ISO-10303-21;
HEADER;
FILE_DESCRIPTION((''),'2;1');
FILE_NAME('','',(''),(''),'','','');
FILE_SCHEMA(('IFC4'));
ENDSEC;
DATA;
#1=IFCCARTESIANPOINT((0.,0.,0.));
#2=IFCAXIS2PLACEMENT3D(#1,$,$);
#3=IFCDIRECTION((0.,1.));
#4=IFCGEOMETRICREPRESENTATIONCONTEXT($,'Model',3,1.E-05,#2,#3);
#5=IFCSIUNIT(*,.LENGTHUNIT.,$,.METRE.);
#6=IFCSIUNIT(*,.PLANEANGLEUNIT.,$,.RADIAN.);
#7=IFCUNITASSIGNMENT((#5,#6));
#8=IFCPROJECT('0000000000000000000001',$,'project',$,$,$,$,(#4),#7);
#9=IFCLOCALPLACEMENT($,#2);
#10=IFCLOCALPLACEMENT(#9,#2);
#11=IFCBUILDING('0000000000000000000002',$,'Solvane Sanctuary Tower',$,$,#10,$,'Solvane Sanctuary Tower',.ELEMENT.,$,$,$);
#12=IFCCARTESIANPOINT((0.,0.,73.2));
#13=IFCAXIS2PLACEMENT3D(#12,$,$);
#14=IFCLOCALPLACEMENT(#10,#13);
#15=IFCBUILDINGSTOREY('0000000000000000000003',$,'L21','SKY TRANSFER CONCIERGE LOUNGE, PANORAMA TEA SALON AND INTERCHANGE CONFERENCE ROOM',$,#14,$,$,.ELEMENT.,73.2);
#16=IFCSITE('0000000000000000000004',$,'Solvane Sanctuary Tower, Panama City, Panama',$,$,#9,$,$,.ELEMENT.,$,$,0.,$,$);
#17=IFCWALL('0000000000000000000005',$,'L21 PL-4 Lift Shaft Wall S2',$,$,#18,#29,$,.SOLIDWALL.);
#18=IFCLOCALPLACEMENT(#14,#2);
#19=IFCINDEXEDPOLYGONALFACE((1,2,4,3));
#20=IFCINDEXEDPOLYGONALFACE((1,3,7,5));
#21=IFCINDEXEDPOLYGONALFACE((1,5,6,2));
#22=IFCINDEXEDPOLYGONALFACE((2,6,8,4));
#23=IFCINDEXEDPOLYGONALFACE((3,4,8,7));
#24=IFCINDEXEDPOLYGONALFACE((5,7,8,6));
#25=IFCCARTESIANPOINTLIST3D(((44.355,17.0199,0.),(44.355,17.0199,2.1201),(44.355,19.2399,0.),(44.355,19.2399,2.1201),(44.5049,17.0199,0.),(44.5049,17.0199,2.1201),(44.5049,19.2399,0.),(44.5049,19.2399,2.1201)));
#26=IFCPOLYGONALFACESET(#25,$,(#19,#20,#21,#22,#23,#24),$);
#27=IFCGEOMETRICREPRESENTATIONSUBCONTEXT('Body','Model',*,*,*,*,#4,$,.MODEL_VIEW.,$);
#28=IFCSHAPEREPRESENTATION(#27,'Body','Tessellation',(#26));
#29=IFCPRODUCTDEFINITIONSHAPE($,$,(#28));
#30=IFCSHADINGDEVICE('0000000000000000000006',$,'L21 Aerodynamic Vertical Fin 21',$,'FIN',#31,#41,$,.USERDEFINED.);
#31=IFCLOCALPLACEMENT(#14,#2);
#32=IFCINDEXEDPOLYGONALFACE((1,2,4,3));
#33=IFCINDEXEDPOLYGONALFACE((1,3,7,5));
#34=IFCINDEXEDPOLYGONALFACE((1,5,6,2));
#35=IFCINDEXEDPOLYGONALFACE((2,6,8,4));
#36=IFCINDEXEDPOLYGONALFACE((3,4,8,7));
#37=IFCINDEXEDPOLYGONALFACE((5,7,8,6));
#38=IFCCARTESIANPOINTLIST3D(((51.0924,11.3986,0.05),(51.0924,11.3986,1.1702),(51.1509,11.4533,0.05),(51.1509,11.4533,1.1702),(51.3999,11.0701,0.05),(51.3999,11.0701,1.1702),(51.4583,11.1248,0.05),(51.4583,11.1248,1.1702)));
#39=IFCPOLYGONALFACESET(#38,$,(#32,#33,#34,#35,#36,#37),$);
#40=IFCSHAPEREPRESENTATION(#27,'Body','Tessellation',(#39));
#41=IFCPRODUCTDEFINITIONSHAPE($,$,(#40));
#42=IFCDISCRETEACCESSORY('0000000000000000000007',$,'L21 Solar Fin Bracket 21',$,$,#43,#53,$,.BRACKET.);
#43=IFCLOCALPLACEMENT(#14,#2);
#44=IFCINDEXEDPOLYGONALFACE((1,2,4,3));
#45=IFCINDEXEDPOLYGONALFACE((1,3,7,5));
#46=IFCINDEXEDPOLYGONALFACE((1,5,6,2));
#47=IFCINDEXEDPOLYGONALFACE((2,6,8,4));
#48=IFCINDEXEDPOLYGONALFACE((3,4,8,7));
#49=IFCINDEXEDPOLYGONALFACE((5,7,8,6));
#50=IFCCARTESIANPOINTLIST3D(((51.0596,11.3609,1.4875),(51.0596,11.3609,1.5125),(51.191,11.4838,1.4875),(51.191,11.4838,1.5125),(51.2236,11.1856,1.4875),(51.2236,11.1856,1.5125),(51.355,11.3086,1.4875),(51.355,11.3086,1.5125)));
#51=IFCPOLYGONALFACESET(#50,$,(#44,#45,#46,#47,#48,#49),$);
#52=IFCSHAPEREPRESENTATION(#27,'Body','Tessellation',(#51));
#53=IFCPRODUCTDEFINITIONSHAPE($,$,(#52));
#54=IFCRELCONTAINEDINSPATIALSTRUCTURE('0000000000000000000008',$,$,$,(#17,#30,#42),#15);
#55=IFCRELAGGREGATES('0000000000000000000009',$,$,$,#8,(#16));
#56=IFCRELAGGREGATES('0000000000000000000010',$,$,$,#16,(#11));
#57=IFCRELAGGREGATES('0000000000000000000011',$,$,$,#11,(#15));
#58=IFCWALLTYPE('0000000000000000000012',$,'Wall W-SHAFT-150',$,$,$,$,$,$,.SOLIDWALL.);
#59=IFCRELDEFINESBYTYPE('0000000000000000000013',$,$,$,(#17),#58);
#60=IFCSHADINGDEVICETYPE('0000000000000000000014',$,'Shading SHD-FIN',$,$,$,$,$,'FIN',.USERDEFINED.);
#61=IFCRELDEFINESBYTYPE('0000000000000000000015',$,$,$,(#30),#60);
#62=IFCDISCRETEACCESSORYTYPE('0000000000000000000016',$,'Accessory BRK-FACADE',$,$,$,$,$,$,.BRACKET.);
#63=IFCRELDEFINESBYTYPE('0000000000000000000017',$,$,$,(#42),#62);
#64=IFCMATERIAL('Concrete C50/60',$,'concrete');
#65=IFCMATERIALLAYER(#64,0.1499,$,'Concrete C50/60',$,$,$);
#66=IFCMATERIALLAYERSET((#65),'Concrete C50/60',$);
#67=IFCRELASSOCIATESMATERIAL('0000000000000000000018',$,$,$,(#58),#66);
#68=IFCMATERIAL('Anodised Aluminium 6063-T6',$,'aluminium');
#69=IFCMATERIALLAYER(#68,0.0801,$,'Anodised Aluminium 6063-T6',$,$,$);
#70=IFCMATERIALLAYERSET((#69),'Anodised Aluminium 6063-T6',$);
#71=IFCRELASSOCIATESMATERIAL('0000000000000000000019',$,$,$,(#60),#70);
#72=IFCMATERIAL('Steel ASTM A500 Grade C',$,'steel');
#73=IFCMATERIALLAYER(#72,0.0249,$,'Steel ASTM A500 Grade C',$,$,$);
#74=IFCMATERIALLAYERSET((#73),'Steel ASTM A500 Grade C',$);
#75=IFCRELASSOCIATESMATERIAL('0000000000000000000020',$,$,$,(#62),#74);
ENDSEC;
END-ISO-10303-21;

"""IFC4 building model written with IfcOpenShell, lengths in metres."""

from ifc_helpers import new_model, si_unit, direction, frame, frame_2d, origin, origin_2d, place, context, subcontext, project, spatial, rectangle, extrude, material, layer, layer_set, type_object, element, save


model = new_model("IFC4")

# Units and contexts
model_context = context("Model", 3, precision=1e-05, world=origin(), true_north=direction((0.0, 1.0)))
body_context = subcontext(model_context, "Body", "Model", "MODEL_VIEW")
ifc_project = project(units=[si_unit("LENGTHUNIT", "METRE"), si_unit("PLANEANGLEUNIT", "RADIAN")], contexts=[model_context])

# Site, building, storey
site_placement = place(None, origin())
site = spatial("IfcSite", under=ifc_project, at=site_placement, Name="Solvane Sanctuary Tower, Panama City, Panama", CompositionType="ELEMENT", RefElevation=0.0)
building_placement = place(site_placement, origin())
building = spatial("IfcBuilding", under=site, at=building_placement, Name="Solvane Sanctuary Tower", LongName="Solvane Sanctuary Tower", CompositionType="ELEMENT")
storey_placement = place(building_placement, frame((0.0, 0.0, 73.2)))
storey = spatial("IfcBuildingStorey", under=building, at=storey_placement, Name="L21", Description="SKY TRANSFER CONCIERGE LOUNGE, PANORAMA TEA SALON AND INTERCHANGE CONFERENCE ROOM", CompositionType="ELEMENT", Elevation=73.2)

# Wall
ifc_material_1 = material(Name="Concrete C50/60", Category="concrete")
ifc_layer_1 = layer(ifc_material_1, 0.1499, Name="Concrete C50/60")
ifc_layer_set_1 = layer_set([ifc_layer_1], Name="Concrete C50/60")
wall_type_1 = type_object("IfcWallType", Name="Wall W-SHAFT-150", PredefinedType="SOLIDWALL", material=ifc_layer_set_1)
wall_1_placement = place(storey_placement, frame((44.4299, 17.02, 0.0), z_axis=(0.0, 0.0, 1.0), x_axis=(0.0, 1.0, 0.0)))
element("IfcWall", 1, at=wall_1_placement, inside=storey, type_object=wall_type_1, Name="L21 PL-4 Lift Shaft Wall S2", PredefinedType="SOLIDWALL", context=body_context, shape_type="SweptSolid", body=[
    extrude(rectangle(XDim=2.22, YDim=0.1499, at=frame_2d((1.1099, 0.0))), origin(), (0.0, 0.0, 1.0), 2.1201),
])

# Shading device
ifc_material_2 = material(Name="Anodised Aluminium 6063-T6", Category="aluminium")
ifc_layer_2 = layer(ifc_material_2, 0.0801, Name="Anodised Aluminium 6063-T6")
ifc_layer_set_2 = layer_set([ifc_layer_2], Name="Anodised Aluminium 6063-T6")
shading_device_type = type_object("IfcShadingDeviceType", Name="Shading SHD-FIN", ElementType="FIN", PredefinedType="USERDEFINED", material=ifc_layer_set_2)
shading_device_placement = place(storey_placement, frame((51.2754, 11.2617, 0.05), z_axis=(0.0, 0.0, 1.0), x_axis=(0.730175, 0.68326, 0.0)))
element("IfcShadingDevice", 2, at=shading_device_placement, inside=storey, type_object=shading_device_type, Name="L21 Aerodynamic Vertical Fin 21", ObjectType="FIN", PredefinedType="USERDEFINED", context=body_context, shape_type="SweptSolid", body=[
    extrude(rectangle(XDim=0.0801, YDim=0.45, at=origin_2d()), origin(), (0.0, 0.0, 1.0), 1.1201),
])

# Discrete accessory
ifc_material_3 = material(Name="Steel ASTM A500 Grade C", Category="steel")
ifc_layer_3 = layer(ifc_material_3, 0.0249, Name="Steel ASTM A500 Grade C")
ifc_layer_set_3 = layer_set([ifc_layer_3], Name="Steel ASTM A500 Grade C")
discrete_accessory_type = type_object("IfcDiscreteAccessoryType", Name="Accessory BRK-FACADE", PredefinedType="BRACKET", material=ifc_layer_set_3)
discrete_accessory_placement = place(storey_placement, frame((51.2073, 11.3347, 1.4875), z_axis=(0.0, 0.0, 1.0), x_axis=(0.730175, 0.68326, 0.0)))
element("IfcDiscreteAccessory", 3, at=discrete_accessory_placement, inside=storey, type_object=discrete_accessory_type, Name="L21 Solar Fin Bracket 21", PredefinedType="BRACKET", context=body_context, shape_type="SweptSolid", body=[
    extrude(rectangle(XDim=0.1799, YDim=0.24, at=origin_2d()), origin(), (0.0, 0.0, 1.0), 0.0249),
])

save(model, "model.ifc")
